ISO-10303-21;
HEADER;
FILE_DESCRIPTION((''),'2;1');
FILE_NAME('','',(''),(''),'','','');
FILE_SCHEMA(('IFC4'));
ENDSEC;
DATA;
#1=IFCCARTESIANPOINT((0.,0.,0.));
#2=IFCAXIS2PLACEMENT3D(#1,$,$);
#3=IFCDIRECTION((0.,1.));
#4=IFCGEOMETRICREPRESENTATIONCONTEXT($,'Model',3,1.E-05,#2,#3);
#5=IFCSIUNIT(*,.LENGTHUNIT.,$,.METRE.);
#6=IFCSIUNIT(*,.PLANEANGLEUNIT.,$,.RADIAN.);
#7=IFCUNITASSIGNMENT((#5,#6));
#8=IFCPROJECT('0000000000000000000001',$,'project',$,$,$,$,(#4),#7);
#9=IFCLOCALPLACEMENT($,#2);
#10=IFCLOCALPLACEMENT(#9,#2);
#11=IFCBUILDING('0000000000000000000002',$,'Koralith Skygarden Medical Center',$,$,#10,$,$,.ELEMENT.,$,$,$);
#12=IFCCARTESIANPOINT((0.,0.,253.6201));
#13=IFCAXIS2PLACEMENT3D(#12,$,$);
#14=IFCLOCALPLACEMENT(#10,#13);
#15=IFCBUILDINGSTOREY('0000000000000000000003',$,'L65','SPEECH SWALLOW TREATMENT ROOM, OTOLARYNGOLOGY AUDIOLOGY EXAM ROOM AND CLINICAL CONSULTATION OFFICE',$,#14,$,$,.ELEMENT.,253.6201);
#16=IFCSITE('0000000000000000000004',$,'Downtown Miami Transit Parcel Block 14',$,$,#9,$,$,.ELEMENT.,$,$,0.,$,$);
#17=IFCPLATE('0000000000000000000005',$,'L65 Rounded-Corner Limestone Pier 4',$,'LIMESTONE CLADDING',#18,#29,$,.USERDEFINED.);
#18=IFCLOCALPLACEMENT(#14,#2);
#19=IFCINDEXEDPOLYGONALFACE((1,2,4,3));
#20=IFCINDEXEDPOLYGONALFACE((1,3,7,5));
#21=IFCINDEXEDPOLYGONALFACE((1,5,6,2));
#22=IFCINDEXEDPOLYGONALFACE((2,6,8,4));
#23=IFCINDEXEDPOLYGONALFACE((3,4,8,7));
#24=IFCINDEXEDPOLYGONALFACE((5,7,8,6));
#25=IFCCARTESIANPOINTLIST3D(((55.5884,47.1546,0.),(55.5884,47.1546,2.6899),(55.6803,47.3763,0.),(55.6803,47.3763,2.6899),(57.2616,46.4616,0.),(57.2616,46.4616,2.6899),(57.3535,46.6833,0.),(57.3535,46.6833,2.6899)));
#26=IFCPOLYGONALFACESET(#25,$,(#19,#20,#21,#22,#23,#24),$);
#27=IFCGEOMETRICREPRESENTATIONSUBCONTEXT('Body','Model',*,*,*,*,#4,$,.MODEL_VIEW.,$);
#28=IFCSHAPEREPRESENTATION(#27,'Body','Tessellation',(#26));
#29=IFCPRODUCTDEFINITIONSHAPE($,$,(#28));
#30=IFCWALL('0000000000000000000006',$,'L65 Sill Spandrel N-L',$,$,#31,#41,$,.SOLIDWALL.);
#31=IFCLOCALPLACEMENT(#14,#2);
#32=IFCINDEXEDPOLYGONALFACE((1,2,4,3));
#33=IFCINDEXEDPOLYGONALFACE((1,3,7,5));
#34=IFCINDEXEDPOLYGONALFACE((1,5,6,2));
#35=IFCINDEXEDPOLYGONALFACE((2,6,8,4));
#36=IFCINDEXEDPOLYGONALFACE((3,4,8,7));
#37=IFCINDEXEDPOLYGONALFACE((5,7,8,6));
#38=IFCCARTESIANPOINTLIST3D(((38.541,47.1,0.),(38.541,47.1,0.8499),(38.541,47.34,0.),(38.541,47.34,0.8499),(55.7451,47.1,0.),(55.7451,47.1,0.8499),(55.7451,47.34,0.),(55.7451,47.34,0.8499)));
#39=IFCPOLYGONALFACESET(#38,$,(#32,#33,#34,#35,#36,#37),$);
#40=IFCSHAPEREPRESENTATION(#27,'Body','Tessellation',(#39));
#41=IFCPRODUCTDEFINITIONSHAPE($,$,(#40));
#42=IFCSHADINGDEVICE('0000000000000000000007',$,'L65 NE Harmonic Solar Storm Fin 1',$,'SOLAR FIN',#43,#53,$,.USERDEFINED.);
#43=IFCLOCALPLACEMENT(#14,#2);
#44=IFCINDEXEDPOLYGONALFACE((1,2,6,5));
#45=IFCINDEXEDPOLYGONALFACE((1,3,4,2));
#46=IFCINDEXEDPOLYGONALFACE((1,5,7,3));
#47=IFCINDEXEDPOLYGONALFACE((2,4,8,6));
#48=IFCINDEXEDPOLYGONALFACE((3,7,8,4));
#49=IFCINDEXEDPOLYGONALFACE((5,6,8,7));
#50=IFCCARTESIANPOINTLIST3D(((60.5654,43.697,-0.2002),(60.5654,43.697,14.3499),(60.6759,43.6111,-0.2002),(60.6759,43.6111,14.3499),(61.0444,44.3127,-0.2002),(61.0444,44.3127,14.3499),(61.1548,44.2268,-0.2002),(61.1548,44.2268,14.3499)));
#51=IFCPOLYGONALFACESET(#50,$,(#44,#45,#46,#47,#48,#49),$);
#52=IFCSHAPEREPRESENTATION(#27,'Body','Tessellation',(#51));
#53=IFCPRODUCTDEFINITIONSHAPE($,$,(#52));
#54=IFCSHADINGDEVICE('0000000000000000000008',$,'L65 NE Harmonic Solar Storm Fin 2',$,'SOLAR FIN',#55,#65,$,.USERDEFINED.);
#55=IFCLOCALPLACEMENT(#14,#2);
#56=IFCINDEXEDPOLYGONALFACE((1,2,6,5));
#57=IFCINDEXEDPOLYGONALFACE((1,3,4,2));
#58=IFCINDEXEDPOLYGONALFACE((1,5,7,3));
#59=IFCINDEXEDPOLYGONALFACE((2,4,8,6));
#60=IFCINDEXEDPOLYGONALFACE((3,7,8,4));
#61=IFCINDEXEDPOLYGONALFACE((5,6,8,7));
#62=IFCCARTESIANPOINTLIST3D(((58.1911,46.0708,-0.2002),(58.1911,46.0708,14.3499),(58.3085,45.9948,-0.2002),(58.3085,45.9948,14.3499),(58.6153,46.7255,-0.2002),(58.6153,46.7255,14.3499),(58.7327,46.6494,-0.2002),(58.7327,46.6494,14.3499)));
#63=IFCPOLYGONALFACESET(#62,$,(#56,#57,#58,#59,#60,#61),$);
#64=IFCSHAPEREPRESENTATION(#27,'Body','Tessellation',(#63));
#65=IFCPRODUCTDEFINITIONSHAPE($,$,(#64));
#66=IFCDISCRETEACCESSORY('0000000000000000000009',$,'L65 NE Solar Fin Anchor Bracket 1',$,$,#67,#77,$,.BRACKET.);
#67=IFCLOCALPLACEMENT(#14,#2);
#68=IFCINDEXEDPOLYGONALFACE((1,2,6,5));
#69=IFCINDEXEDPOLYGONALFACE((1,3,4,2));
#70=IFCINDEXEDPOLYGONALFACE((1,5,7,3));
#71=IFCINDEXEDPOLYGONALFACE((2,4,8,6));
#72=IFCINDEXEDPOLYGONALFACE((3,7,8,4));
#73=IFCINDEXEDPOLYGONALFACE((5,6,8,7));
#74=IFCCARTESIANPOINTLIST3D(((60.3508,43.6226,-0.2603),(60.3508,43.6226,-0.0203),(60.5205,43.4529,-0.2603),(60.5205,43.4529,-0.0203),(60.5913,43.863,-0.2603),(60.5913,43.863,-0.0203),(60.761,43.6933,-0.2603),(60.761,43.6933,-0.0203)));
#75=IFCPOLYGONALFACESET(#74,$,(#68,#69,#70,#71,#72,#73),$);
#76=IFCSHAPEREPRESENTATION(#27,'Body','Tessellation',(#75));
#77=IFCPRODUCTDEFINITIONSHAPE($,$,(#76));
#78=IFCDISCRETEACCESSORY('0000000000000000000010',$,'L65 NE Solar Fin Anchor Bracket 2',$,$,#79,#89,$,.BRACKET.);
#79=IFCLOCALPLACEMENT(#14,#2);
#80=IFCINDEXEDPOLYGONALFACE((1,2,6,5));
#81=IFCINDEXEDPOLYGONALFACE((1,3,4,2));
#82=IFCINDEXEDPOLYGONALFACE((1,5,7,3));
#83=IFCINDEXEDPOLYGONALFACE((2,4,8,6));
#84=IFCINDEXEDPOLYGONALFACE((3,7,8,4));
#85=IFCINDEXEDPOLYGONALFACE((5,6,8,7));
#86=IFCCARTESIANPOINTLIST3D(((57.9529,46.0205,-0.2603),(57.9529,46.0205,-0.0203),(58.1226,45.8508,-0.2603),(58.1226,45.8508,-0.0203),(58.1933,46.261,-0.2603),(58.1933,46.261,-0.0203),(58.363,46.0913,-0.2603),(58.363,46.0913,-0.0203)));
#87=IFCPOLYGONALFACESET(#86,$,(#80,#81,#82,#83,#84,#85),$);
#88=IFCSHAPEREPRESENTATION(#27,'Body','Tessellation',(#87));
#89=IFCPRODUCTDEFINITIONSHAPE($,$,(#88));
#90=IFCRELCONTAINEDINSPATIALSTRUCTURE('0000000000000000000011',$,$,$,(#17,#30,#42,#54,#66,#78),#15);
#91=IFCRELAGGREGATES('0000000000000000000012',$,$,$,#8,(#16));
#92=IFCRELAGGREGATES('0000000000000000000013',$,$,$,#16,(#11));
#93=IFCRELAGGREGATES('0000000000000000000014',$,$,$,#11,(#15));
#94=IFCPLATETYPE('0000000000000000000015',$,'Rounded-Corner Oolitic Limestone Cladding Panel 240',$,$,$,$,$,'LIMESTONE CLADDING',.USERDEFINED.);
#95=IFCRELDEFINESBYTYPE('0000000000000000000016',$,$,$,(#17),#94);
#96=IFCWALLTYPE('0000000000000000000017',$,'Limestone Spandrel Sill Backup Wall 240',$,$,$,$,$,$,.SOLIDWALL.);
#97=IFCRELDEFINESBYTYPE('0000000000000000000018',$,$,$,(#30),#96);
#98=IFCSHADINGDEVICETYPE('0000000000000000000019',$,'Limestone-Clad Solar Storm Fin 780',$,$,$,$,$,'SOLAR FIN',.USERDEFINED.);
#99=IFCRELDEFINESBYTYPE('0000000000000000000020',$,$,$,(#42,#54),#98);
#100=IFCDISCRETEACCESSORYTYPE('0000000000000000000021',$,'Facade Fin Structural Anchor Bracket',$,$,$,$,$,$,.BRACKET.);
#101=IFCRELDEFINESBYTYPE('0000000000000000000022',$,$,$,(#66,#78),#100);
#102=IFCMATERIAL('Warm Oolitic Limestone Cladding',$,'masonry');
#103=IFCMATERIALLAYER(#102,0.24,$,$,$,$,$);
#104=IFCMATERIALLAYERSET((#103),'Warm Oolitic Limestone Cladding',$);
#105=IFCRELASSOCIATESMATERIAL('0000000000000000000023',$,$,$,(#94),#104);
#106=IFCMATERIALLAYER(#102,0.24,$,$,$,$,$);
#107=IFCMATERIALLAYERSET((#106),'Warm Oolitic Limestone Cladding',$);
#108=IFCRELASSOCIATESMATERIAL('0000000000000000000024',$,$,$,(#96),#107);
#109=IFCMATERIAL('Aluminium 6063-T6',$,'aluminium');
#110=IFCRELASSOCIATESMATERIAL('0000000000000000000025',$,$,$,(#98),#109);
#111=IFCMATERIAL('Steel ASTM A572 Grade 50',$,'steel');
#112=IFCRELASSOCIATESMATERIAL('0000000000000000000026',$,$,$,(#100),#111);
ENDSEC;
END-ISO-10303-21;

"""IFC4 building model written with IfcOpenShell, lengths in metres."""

from ifc_helpers import new_model, si_unit, direction, frame, frame_2d, origin, origin_2d, place, context, subcontext, project, spatial, rectangle, extrude, material, layer, layer_set, type_object, element, save


model = new_model("IFC4")

# Units and contexts
model_context = context("Model", 3, precision=1e-05, world=origin(), true_north=direction((0.0, 1.0)))
body_context = subcontext(model_context, "Body", "Model", "MODEL_VIEW")
ifc_project = project(units=[si_unit("LENGTHUNIT", "METRE"), si_unit("PLANEANGLEUNIT", "RADIAN")], contexts=[model_context])

# Site, building, storey
site_placement = place(None, origin())
site = spatial("IfcSite", under=ifc_project, at=site_placement, Name="Downtown Miami Transit Parcel Block 14", CompositionType="ELEMENT", RefElevation=0.0)
building_placement = place(site_placement, origin())
building = spatial("IfcBuilding", under=site, at=building_placement, Name="Koralith Skygarden Medical Center", CompositionType="ELEMENT")
storey_placement = place(building_placement, frame((0.0, 0.0, 253.6201)))
storey = spatial("IfcBuildingStorey", under=building, at=storey_placement, Name="L65", Description="SPEECH SWALLOW TREATMENT ROOM, OTOLARYNGOLOGY AUDIOLOGY EXAM ROOM AND CLINICAL CONSULTATION OFFICE", CompositionType="ELEMENT", Elevation=253.6201)

# Shared definitions
ifc_material_1 = material(Name="Aluminium 6063-T6", Category="aluminium")

# Plate
ifc_material_2 = material(Name="Warm Oolitic Limestone Cladding", Category="masonry")
ifc_layer_1 = layer(ifc_material_2, 0.24)
ifc_layer_set_1 = layer_set([ifc_layer_1], Name="Warm Oolitic Limestone Cladding")
plate_type_1 = type_object("IfcPlateType", Name="Rounded-Corner Oolitic Limestone Cladding Panel 240", ElementType="LIMESTONE CLADDING", PredefinedType="USERDEFINED", material=ifc_layer_set_1)
plate_1_placement = place(storey_placement, frame((56.4709, 46.9189, 0.0), z_axis=(0.0, 0.0, 1.0), x_axis=(-0.923885, 0.382671, 0.0)))
element("IfcPlate", 1, at=plate_1_placement, inside=storey, type_object=plate_type_1, Name="L65 Rounded-Corner Limestone Pier 4", ObjectType="LIMESTONE CLADDING", PredefinedType="USERDEFINED", context=body_context, shape_type="SweptSolid", body=[
    extrude(rectangle(XDim=1.811, YDim=0.24, at=origin_2d()), origin(), (0.0, 0.0, 1.0), 2.6899),
])

# Wall
ifc_layer_2 = layer(ifc_material_2, 0.24)
ifc_layer_set_2 = layer_set([ifc_layer_2], Name="Warm Oolitic Limestone Cladding")
wall_type = type_object("IfcWallType", Name="Limestone Spandrel Sill Backup Wall 240", PredefinedType="SOLIDWALL", material=ifc_layer_set_2)
wall_placement = place(storey_placement, frame((55.7451, 47.22, 0.0), z_axis=(0.0, 0.0, 1.0), x_axis=(-1.0, 0.0, 0.0)))
element("IfcWall", 2, at=wall_placement, inside=storey, type_object=wall_type, Name="L65 Sill Spandrel N-L", PredefinedType="SOLIDWALL", context=body_context, shape_type="SweptSolid", body=[
    extrude(rectangle(XDim=17.2041, YDim=0.24, at=frame_2d((8.6021, 0.0))), origin(), (0.0, 0.0, 1.0), 0.8499),
])

# Shading devices
shading_device_type = type_object("IfcShadingDeviceType", Name="Limestone-Clad Solar Storm Fin 780", ElementType="SOLAR FIN", PredefinedType="USERDEFINED", material=ifc_material_1)
for number, where, z_axis, x_axis, name in (
    (3, (60.8601, 43.9619, -0.2002), (0.0, 0.0, 1.0), (0.613968, 0.789331, 0.0), "L65 NE Harmonic Solar Storm Fin 1"),
    (4, (58.4619, 46.3601, -0.2002), (0.0, 0.0, 1.0), (0.54379, 0.839221, 0.0), "L65 NE Harmonic Solar Storm Fin 2"),
):
    element("IfcShadingDevice", number, at=place(storey_placement, frame(where, z_axis=z_axis, x_axis=x_axis)), inside=storey, type_object=shading_device_type, Name=name, ObjectType="SOLAR FIN", PredefinedType="USERDEFINED", context=body_context, shape_type="SweptSolid", body=[
        extrude(rectangle(XDim=0.78, YDim=0.1399, at=origin_2d()), origin(), (0.0, 0.0, 1.0), 14.55),
    ])

# Discrete accessories
ifc_material_3 = material(Name="Steel ASTM A572 Grade 50", Category="steel")
discrete_accessory_type = type_object("IfcDiscreteAccessoryType", Name="Facade Fin Structural Anchor Bracket", PredefinedType="BRACKET", material=ifc_material_3)
for number, where, z_axis, x_axis, name in (
    (5, (60.5559, 43.658, -0.2603), (0.0, 0.0, 1.0), (0.707107, 0.707107, 0.0), "L65 NE Solar Fin Anchor Bracket 1"),
    (6, (58.158, 46.0559, -0.2603), (0.0, 0.0, 1.0), (0.707107, 0.707107, 0.0), "L65 NE Solar Fin Anchor Bracket 2"),
):
    element("IfcDiscreteAccessory", number, at=place(storey_placement, frame(where, z_axis=z_axis, x_axis=x_axis)), inside=storey, type_object=discrete_accessory_type, Name=name, PredefinedType="BRACKET", context=body_context, shape_type="SweptSolid", body=[
        extrude(rectangle(XDim=0.3401, YDim=0.24, at=origin_2d()), origin(), (0.0, 0.0, 1.0), 0.24),
    ])

save(model, "model.ifc")
